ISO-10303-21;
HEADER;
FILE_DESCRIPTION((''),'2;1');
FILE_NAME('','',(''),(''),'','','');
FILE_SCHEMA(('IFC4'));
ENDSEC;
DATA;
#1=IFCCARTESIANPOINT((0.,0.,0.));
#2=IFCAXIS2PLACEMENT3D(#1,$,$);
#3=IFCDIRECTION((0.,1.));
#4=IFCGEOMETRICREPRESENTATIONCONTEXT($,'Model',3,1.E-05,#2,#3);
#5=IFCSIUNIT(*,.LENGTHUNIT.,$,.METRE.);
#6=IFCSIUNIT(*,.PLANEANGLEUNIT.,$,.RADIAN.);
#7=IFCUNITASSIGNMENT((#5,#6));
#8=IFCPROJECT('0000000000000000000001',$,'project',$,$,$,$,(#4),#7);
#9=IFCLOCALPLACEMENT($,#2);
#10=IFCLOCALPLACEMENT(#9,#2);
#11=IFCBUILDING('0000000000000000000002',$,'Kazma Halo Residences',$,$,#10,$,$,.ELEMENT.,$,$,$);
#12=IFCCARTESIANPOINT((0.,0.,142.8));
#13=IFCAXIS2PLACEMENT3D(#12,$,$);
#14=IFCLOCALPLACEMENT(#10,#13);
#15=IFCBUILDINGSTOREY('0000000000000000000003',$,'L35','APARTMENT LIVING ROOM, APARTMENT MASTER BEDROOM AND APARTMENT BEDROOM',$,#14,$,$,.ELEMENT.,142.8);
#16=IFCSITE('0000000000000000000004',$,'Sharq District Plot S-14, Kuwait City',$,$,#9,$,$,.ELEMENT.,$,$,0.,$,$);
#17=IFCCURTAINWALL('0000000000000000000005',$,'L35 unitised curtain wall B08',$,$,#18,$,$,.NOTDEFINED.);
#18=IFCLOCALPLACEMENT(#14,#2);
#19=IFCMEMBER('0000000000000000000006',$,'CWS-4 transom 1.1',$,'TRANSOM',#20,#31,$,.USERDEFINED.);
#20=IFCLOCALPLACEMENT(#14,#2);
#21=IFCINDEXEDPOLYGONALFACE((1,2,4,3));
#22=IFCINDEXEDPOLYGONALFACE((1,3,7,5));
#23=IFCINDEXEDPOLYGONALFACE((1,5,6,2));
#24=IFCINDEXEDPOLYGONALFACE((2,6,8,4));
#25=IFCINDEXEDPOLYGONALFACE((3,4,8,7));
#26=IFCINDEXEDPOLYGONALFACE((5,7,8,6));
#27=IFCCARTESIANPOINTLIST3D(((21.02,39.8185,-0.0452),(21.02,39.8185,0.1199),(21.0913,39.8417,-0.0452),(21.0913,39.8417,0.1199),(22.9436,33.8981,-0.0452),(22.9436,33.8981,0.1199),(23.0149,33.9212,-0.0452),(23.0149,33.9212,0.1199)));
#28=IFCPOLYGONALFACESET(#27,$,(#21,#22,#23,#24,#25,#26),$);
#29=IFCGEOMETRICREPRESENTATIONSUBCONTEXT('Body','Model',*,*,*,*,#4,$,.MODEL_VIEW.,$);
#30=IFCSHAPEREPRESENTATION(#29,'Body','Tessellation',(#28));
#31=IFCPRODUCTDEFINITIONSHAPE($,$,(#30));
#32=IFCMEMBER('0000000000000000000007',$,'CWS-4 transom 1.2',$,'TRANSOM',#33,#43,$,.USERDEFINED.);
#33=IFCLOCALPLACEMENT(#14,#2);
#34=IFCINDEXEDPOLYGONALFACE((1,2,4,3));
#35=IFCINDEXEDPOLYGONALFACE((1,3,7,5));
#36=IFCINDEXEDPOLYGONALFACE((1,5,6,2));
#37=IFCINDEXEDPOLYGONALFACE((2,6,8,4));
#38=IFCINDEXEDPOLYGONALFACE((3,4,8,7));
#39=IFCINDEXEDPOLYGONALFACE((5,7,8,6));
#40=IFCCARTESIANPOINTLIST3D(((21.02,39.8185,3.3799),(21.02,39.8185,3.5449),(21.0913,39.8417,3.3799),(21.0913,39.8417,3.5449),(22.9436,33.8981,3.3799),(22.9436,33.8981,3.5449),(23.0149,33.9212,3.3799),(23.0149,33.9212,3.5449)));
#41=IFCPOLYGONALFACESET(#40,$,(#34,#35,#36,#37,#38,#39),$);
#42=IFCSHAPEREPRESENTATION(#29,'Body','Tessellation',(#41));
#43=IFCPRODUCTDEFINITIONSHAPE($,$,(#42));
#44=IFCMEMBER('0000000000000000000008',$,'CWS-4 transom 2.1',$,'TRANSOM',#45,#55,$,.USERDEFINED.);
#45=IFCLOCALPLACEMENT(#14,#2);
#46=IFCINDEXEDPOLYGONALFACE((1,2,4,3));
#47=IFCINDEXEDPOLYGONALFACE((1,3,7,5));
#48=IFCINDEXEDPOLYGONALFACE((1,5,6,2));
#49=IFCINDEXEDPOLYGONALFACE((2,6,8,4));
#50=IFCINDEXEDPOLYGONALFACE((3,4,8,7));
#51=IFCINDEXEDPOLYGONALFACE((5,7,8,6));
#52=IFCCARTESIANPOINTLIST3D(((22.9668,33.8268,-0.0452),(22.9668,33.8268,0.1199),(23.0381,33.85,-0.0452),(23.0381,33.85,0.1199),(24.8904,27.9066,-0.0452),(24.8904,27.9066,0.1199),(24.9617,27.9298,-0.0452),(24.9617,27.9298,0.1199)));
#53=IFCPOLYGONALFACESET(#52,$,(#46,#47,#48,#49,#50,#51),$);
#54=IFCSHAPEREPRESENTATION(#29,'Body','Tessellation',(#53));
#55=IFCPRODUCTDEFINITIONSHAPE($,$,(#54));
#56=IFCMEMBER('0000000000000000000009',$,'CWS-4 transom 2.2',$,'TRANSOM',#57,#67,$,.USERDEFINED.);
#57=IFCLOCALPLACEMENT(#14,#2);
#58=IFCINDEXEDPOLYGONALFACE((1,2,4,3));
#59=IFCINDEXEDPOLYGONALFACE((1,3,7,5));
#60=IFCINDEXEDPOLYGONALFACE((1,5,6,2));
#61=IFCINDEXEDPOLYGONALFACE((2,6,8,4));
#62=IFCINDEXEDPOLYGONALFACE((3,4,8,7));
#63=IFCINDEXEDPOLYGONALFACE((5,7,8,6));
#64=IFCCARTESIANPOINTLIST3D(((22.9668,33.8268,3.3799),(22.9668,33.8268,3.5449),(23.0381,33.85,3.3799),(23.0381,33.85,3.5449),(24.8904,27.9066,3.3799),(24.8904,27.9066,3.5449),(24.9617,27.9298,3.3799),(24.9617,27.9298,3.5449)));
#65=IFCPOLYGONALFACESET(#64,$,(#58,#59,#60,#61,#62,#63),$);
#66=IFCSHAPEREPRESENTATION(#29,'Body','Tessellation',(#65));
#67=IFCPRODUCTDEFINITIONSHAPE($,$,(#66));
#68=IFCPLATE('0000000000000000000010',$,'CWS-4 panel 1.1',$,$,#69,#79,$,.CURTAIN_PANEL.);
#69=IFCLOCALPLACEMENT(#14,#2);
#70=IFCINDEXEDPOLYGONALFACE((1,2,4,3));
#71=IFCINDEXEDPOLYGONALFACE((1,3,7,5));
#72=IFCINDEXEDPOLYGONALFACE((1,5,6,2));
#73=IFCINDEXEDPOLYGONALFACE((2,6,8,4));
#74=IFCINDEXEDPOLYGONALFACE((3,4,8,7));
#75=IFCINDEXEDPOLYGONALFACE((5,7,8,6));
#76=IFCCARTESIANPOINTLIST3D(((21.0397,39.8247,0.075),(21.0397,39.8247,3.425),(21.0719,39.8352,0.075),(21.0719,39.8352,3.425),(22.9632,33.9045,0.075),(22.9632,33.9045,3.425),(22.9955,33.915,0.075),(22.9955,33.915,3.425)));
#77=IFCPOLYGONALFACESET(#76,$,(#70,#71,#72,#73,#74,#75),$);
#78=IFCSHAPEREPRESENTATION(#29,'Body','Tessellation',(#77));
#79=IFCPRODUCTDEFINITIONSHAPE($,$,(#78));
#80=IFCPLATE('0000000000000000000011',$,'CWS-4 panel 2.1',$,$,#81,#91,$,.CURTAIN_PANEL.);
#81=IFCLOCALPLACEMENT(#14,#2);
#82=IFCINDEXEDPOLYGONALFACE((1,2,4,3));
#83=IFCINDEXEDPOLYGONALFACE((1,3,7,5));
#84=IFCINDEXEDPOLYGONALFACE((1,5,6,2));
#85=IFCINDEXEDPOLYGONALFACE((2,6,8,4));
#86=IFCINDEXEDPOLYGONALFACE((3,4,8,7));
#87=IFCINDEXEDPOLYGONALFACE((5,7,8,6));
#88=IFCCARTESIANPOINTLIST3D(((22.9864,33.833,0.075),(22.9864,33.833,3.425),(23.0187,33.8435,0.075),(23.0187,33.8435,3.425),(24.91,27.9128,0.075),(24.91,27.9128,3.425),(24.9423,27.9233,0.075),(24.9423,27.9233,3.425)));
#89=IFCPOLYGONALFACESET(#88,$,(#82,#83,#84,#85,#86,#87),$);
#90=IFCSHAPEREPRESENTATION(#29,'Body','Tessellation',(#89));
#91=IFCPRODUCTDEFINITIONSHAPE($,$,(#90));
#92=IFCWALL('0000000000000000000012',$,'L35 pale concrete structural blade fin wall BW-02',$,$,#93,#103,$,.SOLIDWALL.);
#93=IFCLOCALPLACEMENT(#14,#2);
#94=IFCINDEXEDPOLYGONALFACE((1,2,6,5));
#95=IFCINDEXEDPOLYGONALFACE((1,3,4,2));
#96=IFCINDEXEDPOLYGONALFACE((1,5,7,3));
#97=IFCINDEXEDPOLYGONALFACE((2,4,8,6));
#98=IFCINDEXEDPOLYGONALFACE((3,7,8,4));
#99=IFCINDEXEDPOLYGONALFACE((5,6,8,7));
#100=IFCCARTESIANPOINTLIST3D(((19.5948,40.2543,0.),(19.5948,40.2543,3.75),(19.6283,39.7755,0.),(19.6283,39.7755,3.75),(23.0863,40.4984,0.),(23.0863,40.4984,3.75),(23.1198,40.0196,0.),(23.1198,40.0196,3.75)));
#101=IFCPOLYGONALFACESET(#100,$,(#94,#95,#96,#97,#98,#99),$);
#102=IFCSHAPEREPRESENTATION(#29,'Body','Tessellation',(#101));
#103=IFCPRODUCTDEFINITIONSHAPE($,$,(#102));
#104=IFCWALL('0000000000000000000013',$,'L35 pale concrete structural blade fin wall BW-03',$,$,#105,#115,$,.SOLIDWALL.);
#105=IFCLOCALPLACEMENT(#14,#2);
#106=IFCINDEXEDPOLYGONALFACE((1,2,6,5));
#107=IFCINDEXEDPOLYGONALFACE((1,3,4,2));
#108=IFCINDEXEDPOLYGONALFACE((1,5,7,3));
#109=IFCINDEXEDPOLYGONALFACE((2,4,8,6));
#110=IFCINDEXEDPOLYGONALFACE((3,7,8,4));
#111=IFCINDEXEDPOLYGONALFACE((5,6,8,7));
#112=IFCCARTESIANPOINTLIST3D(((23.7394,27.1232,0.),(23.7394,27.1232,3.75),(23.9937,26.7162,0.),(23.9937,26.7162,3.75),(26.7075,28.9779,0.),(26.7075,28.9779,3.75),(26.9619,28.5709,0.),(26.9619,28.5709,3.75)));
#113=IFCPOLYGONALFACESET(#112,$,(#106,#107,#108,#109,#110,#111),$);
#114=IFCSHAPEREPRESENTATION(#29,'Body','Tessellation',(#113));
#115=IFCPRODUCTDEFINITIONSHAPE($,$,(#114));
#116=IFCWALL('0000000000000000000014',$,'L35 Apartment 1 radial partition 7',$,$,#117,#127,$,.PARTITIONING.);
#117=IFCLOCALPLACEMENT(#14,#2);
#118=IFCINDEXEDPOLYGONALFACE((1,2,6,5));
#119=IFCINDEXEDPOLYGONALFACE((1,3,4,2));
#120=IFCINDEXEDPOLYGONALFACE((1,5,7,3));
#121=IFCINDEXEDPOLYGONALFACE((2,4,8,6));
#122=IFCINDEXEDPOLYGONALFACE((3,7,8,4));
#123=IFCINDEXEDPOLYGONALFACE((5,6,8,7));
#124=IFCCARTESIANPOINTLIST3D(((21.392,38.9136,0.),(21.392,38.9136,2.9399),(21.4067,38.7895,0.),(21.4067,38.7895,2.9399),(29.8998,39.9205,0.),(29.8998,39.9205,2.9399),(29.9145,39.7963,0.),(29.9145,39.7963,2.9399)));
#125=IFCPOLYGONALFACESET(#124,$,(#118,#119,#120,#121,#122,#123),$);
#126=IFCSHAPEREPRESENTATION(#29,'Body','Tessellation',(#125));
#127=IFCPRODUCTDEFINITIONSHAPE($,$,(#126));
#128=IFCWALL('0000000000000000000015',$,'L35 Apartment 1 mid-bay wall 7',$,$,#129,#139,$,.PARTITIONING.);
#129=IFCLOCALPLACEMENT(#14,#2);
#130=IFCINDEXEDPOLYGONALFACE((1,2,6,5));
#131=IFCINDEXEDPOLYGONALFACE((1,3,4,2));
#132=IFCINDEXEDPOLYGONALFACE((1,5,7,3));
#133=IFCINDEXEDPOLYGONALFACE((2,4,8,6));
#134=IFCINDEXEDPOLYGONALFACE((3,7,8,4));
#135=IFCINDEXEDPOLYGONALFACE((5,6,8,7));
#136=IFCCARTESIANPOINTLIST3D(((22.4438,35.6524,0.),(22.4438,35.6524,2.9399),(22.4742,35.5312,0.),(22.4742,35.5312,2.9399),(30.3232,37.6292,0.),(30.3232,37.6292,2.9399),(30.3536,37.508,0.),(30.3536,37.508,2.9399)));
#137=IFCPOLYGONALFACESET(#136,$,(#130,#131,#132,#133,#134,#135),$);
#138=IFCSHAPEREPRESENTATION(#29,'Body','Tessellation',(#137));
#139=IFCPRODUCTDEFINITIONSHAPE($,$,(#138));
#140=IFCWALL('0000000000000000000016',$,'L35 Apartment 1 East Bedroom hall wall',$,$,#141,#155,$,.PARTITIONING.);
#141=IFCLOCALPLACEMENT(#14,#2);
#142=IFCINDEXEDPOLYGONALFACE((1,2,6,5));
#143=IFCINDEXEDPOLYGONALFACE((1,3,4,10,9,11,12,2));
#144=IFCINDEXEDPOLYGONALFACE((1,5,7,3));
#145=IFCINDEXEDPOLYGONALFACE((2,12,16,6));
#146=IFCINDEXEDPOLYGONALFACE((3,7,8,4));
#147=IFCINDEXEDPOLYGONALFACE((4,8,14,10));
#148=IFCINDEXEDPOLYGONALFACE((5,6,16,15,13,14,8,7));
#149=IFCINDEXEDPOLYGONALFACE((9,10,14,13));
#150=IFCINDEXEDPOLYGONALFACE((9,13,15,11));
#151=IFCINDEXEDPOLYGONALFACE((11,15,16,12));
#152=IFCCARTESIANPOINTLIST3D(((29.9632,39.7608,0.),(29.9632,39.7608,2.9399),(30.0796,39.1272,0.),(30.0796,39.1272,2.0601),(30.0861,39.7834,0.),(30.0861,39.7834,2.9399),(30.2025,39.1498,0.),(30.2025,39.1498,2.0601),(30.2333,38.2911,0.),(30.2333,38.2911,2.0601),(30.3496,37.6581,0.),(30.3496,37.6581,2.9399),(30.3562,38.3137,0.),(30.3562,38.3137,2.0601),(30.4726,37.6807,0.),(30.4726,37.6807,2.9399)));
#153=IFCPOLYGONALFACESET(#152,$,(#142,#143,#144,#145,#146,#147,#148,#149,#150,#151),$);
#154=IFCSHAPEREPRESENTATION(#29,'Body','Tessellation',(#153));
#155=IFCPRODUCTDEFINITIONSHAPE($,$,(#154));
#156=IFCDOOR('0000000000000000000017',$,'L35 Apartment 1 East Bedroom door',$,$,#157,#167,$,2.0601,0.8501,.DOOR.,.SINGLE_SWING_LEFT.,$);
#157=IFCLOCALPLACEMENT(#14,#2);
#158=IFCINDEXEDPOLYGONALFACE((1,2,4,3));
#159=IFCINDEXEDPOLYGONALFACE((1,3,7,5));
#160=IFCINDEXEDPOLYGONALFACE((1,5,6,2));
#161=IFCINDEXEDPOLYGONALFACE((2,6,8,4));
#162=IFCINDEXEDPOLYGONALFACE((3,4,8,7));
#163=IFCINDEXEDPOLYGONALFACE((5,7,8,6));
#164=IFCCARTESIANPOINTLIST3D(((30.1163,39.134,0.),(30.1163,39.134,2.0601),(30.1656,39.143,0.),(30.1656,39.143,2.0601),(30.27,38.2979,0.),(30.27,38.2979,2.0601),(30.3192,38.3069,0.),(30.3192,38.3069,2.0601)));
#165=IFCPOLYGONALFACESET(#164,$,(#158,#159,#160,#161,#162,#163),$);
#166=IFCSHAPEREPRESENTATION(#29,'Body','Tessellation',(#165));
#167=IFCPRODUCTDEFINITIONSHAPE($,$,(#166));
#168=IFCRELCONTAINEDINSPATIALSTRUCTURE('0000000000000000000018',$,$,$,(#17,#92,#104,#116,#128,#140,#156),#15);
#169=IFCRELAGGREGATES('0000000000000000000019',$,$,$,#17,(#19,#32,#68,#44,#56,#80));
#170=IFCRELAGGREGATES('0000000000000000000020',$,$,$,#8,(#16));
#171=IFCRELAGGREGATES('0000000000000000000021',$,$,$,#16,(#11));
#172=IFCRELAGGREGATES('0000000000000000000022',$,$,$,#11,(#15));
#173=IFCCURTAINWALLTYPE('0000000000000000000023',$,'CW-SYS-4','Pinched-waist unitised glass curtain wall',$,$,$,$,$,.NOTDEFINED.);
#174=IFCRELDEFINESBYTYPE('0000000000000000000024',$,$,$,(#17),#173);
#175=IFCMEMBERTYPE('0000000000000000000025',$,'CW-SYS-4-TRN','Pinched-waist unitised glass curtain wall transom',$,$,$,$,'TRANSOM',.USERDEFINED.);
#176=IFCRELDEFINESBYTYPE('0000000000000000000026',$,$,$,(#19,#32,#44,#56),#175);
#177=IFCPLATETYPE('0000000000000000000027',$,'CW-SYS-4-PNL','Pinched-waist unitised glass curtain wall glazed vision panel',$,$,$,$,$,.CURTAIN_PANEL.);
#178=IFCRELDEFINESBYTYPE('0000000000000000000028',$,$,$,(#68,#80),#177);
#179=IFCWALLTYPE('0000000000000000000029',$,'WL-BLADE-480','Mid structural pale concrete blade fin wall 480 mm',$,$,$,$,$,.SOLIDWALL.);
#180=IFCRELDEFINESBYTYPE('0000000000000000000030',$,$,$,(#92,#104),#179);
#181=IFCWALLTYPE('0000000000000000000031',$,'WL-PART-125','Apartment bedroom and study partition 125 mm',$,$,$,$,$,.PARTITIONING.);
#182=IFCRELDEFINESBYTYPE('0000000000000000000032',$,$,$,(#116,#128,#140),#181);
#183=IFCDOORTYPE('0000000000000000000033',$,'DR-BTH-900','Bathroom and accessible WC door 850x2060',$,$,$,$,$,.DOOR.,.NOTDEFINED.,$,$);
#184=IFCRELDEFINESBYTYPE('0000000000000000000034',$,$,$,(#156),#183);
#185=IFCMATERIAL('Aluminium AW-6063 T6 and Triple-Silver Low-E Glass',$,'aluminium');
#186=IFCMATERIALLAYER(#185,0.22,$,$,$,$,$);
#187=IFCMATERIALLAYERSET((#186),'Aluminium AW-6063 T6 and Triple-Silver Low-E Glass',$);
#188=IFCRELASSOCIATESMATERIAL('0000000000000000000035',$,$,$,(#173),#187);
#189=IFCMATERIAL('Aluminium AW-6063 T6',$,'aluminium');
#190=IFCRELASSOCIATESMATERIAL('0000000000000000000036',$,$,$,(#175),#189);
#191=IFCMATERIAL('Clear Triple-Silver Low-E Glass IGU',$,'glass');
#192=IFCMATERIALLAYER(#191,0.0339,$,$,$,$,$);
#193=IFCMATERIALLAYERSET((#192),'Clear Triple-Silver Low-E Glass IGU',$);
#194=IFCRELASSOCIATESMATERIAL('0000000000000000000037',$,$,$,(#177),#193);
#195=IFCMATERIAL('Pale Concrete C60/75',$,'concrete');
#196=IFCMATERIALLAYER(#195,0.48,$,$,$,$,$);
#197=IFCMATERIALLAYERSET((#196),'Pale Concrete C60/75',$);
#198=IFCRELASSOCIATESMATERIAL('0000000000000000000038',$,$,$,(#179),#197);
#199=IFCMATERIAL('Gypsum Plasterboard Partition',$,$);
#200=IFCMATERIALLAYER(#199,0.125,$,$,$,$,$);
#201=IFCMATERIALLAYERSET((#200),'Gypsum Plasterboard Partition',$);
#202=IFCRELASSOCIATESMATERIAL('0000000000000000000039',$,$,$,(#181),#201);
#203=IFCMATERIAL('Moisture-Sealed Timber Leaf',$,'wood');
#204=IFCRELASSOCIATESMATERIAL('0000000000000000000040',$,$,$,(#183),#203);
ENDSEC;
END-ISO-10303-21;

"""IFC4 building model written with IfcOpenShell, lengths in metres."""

from ifc_helpers import new_model, si_unit, direction, frame, frame_2d, origin, origin_2d, place, context, subcontext, project, spatial, rectangle, extrude, material, layer, layer_set, material_profile, profile_set, type_object, element, fill, aggregate, save


model = new_model("IFC4")

# Units and contexts
model_context = context("Model", 3, precision=1e-05, world=origin(), true_north=direction((0.0, 1.0)))
body_context = subcontext(model_context, "Body", "Model", "MODEL_VIEW")
ifc_project = project(units=[si_unit("LENGTHUNIT", "METRE"), si_unit("PLANEANGLEUNIT", "RADIAN")], contexts=[model_context])

# Site, building, storey
site_placement = place(None, origin())
site = spatial("IfcSite", under=ifc_project, at=site_placement, Name="Sharq District Plot S-14, Kuwait City", CompositionType="ELEMENT", RefElevation=0.0)
building_placement = place(site_placement, origin())
building = spatial("IfcBuilding", under=site, at=building_placement, Name="Kazma Halo Residences", CompositionType="ELEMENT")
storey_placement = place(building_placement, frame((0.0, 0.0, 142.8)))
storey = spatial("IfcBuildingStorey", under=building, at=storey_placement, Name="L35", Description="APARTMENT LIVING ROOM, APARTMENT MASTER BEDROOM AND APARTMENT BEDROOM", CompositionType="ELEMENT", Elevation=142.8)

# Curtain wall, members, plates
ifc_material_1 = material(Name="Aluminium AW-6063 T6 and Triple-Silver Low-E Glass", Category="aluminium")
ifc_layer_1 = layer(ifc_material_1, 0.22)
ifc_layer_set_1 = layer_set([ifc_layer_1], Name="Aluminium AW-6063 T6 and Triple-Silver Low-E Glass")
curtain_wall_type = type_object("IfcCurtainWallType", Name="CW-SYS-4", Description="Pinched-waist unitised glass curtain wall", PredefinedType="NOTDEFINED", material=ifc_layer_set_1)
curtain_wall_placement = place(storey_placement, origin())
curtain_wall = element("IfcCurtainWall", 1, at=curtain_wall_placement, inside=storey, type_object=curtain_wall_type, Name="L35 unitised curtain wall B08", PredefinedType="NOTDEFINED")
ifc_material_2 = material(Name="Aluminium AW-6063 T6", Category="aluminium")
ifc_material_profile_1 = material_profile(ifc_material_2, rectangle(XDim=0.075, YDim=0.165, at=origin_2d()), Name="CWT-75x165")
ifc_profile_set_1 = profile_set([ifc_material_profile_1], Name="Aluminium AW-6063 T6")
member_type_1 = type_object("IfcMemberType", Name="CW-SYS-4-TRN", Description="Pinched-waist unitised glass curtain wall transom", ElementType="TRANSOM", PredefinedType="USERDEFINED", material=ifc_profile_set_1)
member_1_placement = place(storey_placement, frame((21.0557, 39.8301, 0.0374), z_axis=(0.309006, -0.95106, 0.0), x_axis=(0.95106, 0.309006, 0.0)))
member_1 = element("IfcMember", 2, at=member_1_placement, type_object=member_type_1, Name="CWS-4 transom 1.1", ObjectType="TRANSOM", PredefinedType="USERDEFINED", context=body_context, shape_type="SweptSolid", body=[
    extrude(rectangle(XDim=0.075, YDim=0.165, at=origin_2d()), origin(), (0.0, 0.0, 1.0), 6.2251),
])
member_2_placement = place(storey_placement, frame((21.0557, 39.8301, 3.4624), z_axis=(0.309006, -0.95106, 0.0), x_axis=(0.95106, 0.309006, 0.0)))
member_2 = element("IfcMember", 3, at=member_2_placement, type_object=member_type_1, Name="CWS-4 transom 1.2", ObjectType="TRANSOM", PredefinedType="USERDEFINED", context=body_context, shape_type="SweptSolid", body=[
    extrude(rectangle(XDim=0.075, YDim=0.165, at=origin_2d()), origin(), (0.0, 0.0, 1.0), 6.2251),
])
member_3_placement = place(storey_placement, frame((23.0024, 33.8384, 0.0374), z_axis=(0.309018, -0.951056, 0.0), x_axis=(0.951056, 0.309018, 0.0)))
member_3 = element("IfcMember", 4, at=member_3_placement, type_object=member_type_1, Name="CWS-4 transom 2.1", ObjectType="TRANSOM", PredefinedType="USERDEFINED", context=body_context, shape_type="SweptSolid", body=[
    extrude(rectangle(XDim=0.075, YDim=0.165, at=origin_2d()), origin(), (0.0, 0.0, 1.0), 6.2249),
])
member_4_placement = place(storey_placement, frame((23.0024, 33.8384, 3.4624), z_axis=(0.309018, -0.951056, 0.0), x_axis=(0.951056, 0.309018, 0.0)))
member_4 = element("IfcMember", 5, at=member_4_placement, type_object=member_type_1, Name="CWS-4 transom 2.2", ObjectType="TRANSOM", PredefinedType="USERDEFINED", context=body_context, shape_type="SweptSolid", body=[
    extrude(rectangle(XDim=0.075, YDim=0.165, at=origin_2d()), origin(), (0.0, 0.0, 1.0), 6.2249),
])
ifc_material_3 = material(Name="Clear Triple-Silver Low-E Glass IGU", Category="glass")
ifc_layer_2 = layer(ifc_material_3, 0.0339)
ifc_layer_set_2 = layer_set([ifc_layer_2], Name="Clear Triple-Silver Low-E Glass IGU")
plate_type = type_object("IfcPlateType", Name="CW-SYS-4-PNL", Description="Pinched-waist unitised glass curtain wall glazed vision panel", PredefinedType="CURTAIN_PANEL", material=ifc_layer_set_2)
plate_1_placement = place(storey_placement, frame((22.0176, 36.8699, 0.075), z_axis=(0.0, 0.0, 1.0), x_axis=(0.309014, -0.951058, 0.0)))
plate_1 = element("IfcPlate", 6, at=plate_1_placement, type_object=plate_type, Name="CWS-4 panel 1.1", PredefinedType="CURTAIN_PANEL", context=body_context, shape_type="SweptSolid", body=[
    extrude(rectangle(XDim=6.2249, YDim=0.0339, at=origin_2d()), origin(), (0.0, 0.0, 1.0), 3.3501),
])
plate_2_placement = place(storey_placement, frame((23.9644, 30.8782, 0.075), z_axis=(0.0, 0.0, 1.0), x_axis=(0.309014, -0.951058, 0.0)))
plate_2 = element("IfcPlate", 7, at=plate_2_placement, type_object=plate_type, Name="CWS-4 panel 2.1", PredefinedType="CURTAIN_PANEL", context=body_context, shape_type="SweptSolid", body=[
    extrude(rectangle(XDim=6.2249, YDim=0.0339, at=origin_2d()), origin(), (0.0, 0.0, 1.0), 3.3501),
])
aggregate(curtain_wall, [member_1, member_2, plate_1, member_3, member_4, plate_2])

# Walls
ifc_material_4 = material(Name="Pale Concrete C60/75", Category="concrete")
ifc_layer_3 = layer(ifc_material_4, 0.48)
ifc_layer_set_3 = layer_set([ifc_layer_3], Name="Pale Concrete C60/75")
wall_type_1 = type_object("IfcWallType", Name="WL-BLADE-480", Description="Mid structural pale concrete blade fin wall 480 mm", PredefinedType="SOLIDWALL", material=ifc_layer_set_3)
for number, where, z_axis, x_axis, name in (
    (8, (23.103, 40.259, 0.0), (0.0, 0.0, 1.0), (-0.997564, -0.069755, 0.0), "L35 pale concrete structural blade fin wall BW-02"),
    (9, (26.8347, 28.7744, 0.0), (0.0, 0.0, 1.0), (-0.848053, -0.529911, 0.0), "L35 pale concrete structural blade fin wall BW-03"),
):
    element("IfcWall", number, at=place(storey_placement, frame(where, z_axis=z_axis, x_axis=x_axis)), inside=storey, type_object=wall_type_1, Name=name, PredefinedType="SOLIDWALL", context=body_context, shape_type="SweptSolid", body=[
        extrude(rectangle(XDim=3.5, YDim=0.48, at=frame_2d((1.75, 0.0))), origin(), (0.0, 0.0, 1.0), 3.75),
    ])
ifc_material_5 = material(Name="Gypsum Plasterboard Partition")
ifc_layer_4 = layer(ifc_material_5, 0.125)
ifc_layer_set_4 = layer_set([ifc_layer_4], Name="Gypsum Plasterboard Partition")
wall_type_2 = type_object("IfcWallType", Name="WL-PART-125", Description="Apartment bedroom and study partition 125 mm", PredefinedType="PARTITIONING", material=ifc_layer_set_4)
wall_1_placement = place(storey_placement, frame((29.9072, 39.8584, 0.0), z_axis=(0.0, 0.0, 1.0), x_axis=(-0.99307, -0.117522, 0.0)))
element("IfcWall", 10, at=wall_1_placement, inside=storey, type_object=wall_type_2, Name="L35 Apartment 1 radial partition 7", PredefinedType="PARTITIONING", context=body_context, shape_type="SweptSolid", body=[
    extrude(rectangle(XDim=8.5671, YDim=0.125, at=frame_2d((4.2837, 0.0))), origin(), (0.0, 0.0, 1.0), 2.9399),
])
wall_2_placement = place(storey_placement, frame((30.3384, 37.5686, 0.0), z_axis=(0.0, 0.0, 1.0), x_axis=(-0.969941, -0.243342, 0.0)))
element("IfcWall", 11, at=wall_2_placement, inside=storey, type_object=wall_type_2, Name="L35 Apartment 1 mid-bay wall 7", PredefinedType="PARTITIONING", context=body_context, shape_type="SweptSolid", body=[
    extrude(rectangle(XDim=8.1235, YDim=0.125, at=frame_2d((4.0618, 0.0))), origin(), (0.0, 0.0, 1.0), 2.9399),
])

# Wall, opening, door
wall_3_placement = place(storey_placement, frame((30.0247, 39.772, 0.0), z_axis=(0.0, 0.0, 1.0), x_axis=(0.180764, -0.983526, 0.0)))
wall_3 = element("IfcWall", 12, at=wall_3_placement, inside=storey, type_object=wall_type_2, Name="L35 Apartment 1 East Bedroom hall wall", PredefinedType="PARTITIONING", context=body_context, shape_type="SweptSolid", body=[
    extrude(rectangle(XDim=2.1379, YDim=0.125, at=frame_2d((1.0688, 0.0))), origin(), (0.0, 0.0, 1.0), 2.9399),
])
opening_1_placement = place(wall_3_placement, frame((0.644, 0.0, 0.0)))
opening_1 = element("IfcOpeningElement", 13, at=opening_1_placement, cuts=wall_3, PredefinedType="OPENING", context=body_context, shape_type="SweptSolid", body=[
    extrude(rectangle(XDim=0.8501, YDim=2.0601, at=frame_2d((0.425, 1.03))), frame((0.0, 0.0725, 0.0), z_axis=(0.0, -1.0, 0.0), x_axis=(1.0, 0.0, 0.0)), (0.0, 0.0, 1.0), 0.145),
])
ifc_material_6 = material(Name="Moisture-Sealed Timber Leaf", Category="wood")
door_type_1 = type_object("IfcDoorType", Name="DR-BTH-900", Description="Bathroom and accessible WC door 850x2060", OperationType="NOTDEFINED", PredefinedType="DOOR", material=ifc_material_6)
door_1_placement = place(opening_1_placement, origin())
door_1 = element("IfcDoor", 14, at=door_1_placement, inside=storey, type_object=door_type_1, Name="L35 Apartment 1 East Bedroom door", OperationType="SINGLE_SWING_LEFT", OverallHeight=2.0601, OverallWidth=0.8501, PredefinedType="DOOR", context=body_context, shape_type="SweptSolid", body=[
    extrude(rectangle(XDim=0.8501, YDim=2.0601, at=frame_2d((0.425, 1.03))), frame((0.0, 0.0249, 0.0), z_axis=(0.0, -1.0, 0.0), x_axis=(1.0, 0.0, 0.0)), (0.0, 0.0, 1.0), 0.05),
])
fill(opening_1, door_1)

save(model, "model.ifc")
